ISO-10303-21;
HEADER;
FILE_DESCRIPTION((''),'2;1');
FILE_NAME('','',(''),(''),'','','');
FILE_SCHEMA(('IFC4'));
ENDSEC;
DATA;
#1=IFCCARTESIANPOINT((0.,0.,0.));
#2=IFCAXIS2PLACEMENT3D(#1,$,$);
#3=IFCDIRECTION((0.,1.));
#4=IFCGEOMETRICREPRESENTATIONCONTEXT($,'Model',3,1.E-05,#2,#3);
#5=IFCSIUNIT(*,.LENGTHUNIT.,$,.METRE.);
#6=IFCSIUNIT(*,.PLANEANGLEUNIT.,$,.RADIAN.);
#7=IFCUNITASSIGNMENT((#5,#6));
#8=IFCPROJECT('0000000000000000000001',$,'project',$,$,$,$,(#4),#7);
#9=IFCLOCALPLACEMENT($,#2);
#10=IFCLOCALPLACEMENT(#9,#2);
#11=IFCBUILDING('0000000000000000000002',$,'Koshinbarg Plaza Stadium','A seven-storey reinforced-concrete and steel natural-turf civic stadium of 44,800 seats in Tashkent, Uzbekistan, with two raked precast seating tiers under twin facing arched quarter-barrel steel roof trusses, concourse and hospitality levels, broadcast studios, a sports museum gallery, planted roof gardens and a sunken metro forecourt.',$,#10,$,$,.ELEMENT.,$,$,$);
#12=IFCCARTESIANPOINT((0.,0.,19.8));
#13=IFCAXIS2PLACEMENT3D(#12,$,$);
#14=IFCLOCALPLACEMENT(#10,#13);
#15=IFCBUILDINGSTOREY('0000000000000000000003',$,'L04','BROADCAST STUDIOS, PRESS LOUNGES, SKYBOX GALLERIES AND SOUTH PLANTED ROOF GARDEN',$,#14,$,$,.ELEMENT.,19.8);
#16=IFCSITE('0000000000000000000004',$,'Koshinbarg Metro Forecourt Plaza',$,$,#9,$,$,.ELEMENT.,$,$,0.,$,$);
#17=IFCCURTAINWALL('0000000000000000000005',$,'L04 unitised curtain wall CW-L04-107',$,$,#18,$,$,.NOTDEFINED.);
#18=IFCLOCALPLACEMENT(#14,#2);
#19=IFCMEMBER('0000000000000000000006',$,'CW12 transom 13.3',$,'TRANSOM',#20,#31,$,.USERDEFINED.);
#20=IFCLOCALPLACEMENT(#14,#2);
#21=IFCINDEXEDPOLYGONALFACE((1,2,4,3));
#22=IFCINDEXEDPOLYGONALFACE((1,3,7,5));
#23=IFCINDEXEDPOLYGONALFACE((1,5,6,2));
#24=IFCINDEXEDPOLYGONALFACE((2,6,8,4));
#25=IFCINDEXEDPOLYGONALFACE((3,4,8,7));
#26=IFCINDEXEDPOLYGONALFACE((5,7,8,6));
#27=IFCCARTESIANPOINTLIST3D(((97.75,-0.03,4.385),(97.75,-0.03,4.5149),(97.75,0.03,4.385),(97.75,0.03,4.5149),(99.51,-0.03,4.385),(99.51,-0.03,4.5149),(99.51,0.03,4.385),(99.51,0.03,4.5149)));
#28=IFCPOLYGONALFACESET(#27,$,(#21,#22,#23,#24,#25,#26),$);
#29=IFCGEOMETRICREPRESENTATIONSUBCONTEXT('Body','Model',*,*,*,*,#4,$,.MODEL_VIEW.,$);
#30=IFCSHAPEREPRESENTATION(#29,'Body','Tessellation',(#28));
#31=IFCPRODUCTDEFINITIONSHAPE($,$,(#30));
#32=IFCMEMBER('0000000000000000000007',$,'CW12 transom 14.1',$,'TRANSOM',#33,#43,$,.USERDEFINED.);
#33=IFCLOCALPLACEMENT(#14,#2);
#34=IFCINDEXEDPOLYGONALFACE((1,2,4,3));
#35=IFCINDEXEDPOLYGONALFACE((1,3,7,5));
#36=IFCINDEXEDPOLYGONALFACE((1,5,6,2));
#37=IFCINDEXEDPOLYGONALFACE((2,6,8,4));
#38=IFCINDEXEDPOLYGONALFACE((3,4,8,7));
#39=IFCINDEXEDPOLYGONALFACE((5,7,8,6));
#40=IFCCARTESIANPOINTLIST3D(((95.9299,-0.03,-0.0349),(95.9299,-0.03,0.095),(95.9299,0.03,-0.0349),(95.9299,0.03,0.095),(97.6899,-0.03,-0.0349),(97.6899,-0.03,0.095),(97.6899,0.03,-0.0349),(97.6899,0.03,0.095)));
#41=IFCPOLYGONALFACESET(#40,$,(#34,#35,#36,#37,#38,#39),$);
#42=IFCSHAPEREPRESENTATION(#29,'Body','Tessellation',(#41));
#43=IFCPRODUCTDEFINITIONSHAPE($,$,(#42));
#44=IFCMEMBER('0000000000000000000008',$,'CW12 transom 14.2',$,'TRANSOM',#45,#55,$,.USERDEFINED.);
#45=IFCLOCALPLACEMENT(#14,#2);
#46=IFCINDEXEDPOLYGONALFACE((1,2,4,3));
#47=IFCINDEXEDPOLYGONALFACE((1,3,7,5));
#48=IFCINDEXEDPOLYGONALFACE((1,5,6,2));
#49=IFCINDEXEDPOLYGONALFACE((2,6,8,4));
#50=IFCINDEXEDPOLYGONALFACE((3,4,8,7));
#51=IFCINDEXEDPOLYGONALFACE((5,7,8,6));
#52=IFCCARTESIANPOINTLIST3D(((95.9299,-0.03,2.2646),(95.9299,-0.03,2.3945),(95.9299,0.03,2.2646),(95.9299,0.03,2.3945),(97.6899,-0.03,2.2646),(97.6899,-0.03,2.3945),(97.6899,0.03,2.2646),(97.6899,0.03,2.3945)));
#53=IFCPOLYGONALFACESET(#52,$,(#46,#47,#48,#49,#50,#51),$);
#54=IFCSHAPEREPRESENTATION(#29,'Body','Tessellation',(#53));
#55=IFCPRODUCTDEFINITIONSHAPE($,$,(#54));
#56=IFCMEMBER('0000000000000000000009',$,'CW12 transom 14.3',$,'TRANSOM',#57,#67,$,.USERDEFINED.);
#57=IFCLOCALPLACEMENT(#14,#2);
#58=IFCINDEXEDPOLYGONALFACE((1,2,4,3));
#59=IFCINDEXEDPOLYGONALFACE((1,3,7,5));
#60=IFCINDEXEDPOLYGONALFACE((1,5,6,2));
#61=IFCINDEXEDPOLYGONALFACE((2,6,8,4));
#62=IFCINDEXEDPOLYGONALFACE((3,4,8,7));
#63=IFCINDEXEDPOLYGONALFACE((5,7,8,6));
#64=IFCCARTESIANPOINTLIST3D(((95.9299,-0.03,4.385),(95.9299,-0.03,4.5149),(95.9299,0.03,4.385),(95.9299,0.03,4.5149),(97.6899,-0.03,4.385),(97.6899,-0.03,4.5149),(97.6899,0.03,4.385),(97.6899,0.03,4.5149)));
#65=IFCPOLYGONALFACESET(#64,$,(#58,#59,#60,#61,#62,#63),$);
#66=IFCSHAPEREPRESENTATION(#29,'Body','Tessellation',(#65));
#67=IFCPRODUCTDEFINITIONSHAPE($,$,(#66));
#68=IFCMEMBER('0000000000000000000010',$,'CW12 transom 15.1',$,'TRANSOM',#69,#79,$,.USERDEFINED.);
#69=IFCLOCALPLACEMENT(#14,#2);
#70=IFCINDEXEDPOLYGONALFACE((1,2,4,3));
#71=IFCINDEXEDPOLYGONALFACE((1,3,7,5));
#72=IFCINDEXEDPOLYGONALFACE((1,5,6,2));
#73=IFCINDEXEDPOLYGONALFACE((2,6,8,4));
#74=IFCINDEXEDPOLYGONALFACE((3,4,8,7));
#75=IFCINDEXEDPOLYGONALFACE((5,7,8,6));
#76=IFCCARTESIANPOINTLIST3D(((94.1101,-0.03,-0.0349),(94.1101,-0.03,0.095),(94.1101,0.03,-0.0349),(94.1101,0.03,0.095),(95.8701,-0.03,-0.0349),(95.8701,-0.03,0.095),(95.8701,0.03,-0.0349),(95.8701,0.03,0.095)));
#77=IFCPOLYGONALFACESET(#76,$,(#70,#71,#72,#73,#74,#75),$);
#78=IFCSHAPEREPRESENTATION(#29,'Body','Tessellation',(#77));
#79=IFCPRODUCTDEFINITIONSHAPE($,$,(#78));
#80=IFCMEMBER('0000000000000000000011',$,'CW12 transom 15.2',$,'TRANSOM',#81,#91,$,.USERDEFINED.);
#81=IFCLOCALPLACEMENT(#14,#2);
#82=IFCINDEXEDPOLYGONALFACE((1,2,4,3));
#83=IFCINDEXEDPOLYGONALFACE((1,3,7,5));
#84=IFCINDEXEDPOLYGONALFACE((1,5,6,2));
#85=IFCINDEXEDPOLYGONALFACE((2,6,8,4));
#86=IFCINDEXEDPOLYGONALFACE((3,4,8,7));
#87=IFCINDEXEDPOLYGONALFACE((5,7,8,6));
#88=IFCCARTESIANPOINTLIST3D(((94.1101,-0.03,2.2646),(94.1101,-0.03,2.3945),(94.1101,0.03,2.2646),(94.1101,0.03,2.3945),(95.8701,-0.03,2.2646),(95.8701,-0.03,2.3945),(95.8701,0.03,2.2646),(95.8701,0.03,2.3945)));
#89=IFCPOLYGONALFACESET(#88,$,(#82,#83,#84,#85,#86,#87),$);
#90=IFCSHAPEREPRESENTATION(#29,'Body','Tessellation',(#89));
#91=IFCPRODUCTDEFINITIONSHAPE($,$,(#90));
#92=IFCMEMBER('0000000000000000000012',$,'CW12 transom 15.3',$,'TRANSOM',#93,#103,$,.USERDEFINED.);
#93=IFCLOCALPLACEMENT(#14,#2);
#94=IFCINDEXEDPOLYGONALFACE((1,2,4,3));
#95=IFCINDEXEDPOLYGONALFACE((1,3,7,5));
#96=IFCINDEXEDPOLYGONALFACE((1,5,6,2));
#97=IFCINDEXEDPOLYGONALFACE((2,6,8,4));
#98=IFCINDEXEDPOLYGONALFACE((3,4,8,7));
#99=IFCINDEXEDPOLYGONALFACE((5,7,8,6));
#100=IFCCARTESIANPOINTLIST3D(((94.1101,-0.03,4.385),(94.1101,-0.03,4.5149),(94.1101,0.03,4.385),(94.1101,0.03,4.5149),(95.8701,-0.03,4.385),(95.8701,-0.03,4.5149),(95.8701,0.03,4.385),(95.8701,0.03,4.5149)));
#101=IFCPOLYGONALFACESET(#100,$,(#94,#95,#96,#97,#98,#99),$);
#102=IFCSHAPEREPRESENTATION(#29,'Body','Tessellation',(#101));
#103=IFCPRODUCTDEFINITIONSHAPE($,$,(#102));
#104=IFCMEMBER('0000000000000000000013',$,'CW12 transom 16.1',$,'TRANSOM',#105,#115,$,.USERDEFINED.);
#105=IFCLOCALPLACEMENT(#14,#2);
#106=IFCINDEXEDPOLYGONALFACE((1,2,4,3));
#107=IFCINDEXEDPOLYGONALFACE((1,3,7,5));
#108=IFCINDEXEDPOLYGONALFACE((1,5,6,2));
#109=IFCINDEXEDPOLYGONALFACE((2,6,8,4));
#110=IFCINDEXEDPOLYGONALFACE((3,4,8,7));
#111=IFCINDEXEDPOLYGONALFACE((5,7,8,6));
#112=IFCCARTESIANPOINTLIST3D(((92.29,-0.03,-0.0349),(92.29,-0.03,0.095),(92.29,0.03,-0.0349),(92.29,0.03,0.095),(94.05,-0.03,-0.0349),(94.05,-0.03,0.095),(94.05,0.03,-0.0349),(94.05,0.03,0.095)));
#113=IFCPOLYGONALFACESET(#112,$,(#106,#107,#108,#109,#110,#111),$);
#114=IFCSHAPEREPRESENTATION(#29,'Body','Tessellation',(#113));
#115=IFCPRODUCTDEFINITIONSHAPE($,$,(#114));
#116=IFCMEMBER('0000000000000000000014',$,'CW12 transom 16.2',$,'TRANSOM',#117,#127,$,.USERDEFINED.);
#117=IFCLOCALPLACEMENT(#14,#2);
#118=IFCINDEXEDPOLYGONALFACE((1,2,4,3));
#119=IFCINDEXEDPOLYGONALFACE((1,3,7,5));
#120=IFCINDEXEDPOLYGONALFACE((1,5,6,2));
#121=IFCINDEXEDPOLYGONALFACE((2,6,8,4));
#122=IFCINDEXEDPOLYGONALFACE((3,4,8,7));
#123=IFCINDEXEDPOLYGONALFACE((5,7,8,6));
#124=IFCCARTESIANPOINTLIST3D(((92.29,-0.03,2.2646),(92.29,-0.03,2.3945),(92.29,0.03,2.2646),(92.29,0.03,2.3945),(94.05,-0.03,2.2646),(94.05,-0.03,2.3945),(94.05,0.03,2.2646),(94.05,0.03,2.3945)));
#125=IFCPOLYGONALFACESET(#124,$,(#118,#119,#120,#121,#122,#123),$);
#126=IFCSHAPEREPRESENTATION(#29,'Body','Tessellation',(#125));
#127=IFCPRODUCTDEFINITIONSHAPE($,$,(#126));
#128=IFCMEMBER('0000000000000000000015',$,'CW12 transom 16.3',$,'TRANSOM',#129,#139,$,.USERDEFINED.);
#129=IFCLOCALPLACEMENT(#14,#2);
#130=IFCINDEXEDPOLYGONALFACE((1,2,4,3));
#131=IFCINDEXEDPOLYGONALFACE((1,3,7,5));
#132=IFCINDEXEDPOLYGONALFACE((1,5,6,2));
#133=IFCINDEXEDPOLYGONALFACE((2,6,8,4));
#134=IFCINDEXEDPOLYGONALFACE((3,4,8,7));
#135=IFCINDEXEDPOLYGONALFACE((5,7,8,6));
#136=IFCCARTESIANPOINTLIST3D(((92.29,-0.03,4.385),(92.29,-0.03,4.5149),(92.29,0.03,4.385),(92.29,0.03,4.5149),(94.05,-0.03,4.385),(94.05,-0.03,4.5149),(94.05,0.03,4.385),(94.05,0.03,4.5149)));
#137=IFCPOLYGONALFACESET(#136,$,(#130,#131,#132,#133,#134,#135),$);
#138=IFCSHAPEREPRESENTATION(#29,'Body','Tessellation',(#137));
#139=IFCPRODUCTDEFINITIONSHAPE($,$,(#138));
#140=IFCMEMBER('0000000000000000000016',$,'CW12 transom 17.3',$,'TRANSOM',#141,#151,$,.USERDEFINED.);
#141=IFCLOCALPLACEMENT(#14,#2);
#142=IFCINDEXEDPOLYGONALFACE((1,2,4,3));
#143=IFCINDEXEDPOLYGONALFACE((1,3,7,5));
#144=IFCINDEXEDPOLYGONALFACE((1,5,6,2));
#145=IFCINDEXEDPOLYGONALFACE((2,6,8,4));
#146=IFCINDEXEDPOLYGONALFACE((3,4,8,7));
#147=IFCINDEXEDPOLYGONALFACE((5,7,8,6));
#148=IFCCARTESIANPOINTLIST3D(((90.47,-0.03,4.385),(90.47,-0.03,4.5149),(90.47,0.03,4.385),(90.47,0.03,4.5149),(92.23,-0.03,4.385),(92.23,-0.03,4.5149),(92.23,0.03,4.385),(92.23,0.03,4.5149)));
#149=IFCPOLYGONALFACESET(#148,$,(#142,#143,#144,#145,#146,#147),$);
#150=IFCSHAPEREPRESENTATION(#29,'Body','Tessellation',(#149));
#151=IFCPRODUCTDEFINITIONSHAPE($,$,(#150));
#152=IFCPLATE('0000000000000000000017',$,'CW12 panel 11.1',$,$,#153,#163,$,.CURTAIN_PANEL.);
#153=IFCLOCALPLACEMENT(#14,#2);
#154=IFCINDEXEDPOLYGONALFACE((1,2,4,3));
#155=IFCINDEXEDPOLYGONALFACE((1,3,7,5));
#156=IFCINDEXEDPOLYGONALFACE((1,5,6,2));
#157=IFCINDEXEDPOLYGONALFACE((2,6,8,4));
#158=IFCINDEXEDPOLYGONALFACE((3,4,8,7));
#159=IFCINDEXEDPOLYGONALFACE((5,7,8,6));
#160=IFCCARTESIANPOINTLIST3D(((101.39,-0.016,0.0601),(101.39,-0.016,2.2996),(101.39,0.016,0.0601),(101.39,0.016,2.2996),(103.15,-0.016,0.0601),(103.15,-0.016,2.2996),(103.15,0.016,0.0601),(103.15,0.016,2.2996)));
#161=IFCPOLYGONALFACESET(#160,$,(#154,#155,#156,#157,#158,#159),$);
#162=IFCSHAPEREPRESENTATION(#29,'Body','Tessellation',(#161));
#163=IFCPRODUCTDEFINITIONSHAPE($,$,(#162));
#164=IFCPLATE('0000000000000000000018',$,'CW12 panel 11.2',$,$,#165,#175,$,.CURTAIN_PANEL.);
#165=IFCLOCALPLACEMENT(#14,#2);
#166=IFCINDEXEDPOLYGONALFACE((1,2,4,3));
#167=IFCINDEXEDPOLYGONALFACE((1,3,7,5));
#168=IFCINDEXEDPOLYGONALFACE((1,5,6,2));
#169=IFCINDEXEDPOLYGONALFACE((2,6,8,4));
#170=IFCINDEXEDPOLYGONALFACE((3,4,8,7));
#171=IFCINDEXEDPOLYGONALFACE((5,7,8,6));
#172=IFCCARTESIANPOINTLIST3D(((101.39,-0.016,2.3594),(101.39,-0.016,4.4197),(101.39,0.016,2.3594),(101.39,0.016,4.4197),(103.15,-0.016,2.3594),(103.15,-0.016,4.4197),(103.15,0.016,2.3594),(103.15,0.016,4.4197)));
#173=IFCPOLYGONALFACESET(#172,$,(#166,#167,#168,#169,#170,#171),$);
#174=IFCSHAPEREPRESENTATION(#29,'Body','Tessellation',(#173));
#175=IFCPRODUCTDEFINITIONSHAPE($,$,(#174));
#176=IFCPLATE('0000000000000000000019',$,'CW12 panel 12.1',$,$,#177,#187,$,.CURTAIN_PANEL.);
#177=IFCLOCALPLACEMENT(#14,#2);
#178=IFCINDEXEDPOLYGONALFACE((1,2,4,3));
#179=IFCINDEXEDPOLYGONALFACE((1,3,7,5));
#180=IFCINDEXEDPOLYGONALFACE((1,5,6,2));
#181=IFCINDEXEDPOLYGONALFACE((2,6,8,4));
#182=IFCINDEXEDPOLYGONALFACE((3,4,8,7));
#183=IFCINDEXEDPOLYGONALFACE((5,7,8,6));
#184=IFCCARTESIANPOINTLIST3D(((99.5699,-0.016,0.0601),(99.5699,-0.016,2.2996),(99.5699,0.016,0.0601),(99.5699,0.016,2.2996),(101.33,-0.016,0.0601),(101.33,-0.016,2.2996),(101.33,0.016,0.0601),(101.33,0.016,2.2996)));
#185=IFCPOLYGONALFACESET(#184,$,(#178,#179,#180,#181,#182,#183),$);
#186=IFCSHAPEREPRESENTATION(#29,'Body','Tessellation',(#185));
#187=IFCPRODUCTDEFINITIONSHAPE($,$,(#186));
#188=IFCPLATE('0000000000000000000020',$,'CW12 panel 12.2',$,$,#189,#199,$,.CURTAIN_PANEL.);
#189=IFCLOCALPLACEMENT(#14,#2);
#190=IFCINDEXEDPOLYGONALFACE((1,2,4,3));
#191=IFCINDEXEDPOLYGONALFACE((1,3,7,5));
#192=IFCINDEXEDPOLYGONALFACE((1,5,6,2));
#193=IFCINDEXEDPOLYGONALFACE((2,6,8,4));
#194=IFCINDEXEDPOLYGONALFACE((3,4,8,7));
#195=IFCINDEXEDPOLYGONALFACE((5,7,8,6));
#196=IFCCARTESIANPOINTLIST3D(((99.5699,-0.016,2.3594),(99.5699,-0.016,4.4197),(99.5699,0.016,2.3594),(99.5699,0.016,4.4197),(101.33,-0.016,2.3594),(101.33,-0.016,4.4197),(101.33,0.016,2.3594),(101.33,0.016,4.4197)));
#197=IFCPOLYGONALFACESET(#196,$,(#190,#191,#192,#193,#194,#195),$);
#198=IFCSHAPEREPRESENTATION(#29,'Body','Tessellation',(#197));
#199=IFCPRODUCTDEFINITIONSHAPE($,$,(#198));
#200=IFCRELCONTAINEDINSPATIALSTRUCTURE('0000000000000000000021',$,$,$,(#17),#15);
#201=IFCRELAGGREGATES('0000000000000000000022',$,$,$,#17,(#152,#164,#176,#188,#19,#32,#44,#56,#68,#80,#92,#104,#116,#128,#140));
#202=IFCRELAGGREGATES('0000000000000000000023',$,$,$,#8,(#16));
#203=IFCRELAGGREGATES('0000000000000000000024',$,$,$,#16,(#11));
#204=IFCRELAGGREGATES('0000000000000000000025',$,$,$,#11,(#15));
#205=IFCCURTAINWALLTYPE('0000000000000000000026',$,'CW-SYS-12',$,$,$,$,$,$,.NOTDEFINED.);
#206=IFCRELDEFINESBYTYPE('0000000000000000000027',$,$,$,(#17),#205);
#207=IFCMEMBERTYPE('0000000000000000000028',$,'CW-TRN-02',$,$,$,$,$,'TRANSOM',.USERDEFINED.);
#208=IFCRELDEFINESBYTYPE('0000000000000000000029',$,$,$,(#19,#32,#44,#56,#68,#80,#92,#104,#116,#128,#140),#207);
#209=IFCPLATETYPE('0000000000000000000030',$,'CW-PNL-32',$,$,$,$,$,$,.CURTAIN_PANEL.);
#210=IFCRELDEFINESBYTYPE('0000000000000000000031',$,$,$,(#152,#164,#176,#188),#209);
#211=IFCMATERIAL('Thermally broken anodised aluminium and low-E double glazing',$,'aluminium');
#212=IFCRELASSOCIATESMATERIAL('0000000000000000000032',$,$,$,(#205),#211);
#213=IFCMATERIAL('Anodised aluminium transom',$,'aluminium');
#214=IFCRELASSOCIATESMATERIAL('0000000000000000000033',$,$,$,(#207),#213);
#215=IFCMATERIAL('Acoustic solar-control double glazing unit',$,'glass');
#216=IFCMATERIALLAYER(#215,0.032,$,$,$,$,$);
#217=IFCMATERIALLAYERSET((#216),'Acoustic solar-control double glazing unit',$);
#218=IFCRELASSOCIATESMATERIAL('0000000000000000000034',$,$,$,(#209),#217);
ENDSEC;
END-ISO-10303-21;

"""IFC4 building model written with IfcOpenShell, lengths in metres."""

from ifc_helpers import new_model, si_unit, direction, frame, origin, origin_2d, place, context, subcontext, project, spatial, rectangle, extrude, material, layer, layer_set, material_profile, profile_set, type_object, element, aggregate, save


model = new_model("IFC4")

# Units and contexts
model_context = context("Model", 3, precision=1e-05, world=origin(), true_north=direction((0.0, 1.0)))
body_context = subcontext(model_context, "Body", "Model", "MODEL_VIEW")
ifc_project = project(units=[si_unit("LENGTHUNIT", "METRE"), si_unit("PLANEANGLEUNIT", "RADIAN")], contexts=[model_context])

# Site, building, storey
site_placement = place(None, origin())
site = spatial("IfcSite", under=ifc_project, at=site_placement, Name="Koshinbarg Metro Forecourt Plaza", CompositionType="ELEMENT", RefElevation=0.0)
building_placement = place(site_placement, origin())
building = spatial("IfcBuilding", under=site, at=building_placement, Name="Koshinbarg Plaza Stadium", Description="A seven-storey reinforced-concrete and steel natural-turf civic stadium of 44,800 seats in Tashkent, Uzbekistan, with two raked precast seating tiers under twin facing arched quarter-barrel steel roof trusses, concourse and hospitality levels, broadcast studios, a sports museum gallery, planted roof gardens and a sunken metro forecourt.", CompositionType="ELEMENT")
storey_placement = place(building_placement, frame((0.0, 0.0, 19.8)))
storey = spatial("IfcBuildingStorey", under=building, at=storey_placement, Name="L04", Description="BROADCAST STUDIOS, PRESS LOUNGES, SKYBOX GALLERIES AND SOUTH PLANTED ROOF GARDEN", CompositionType="ELEMENT", Elevation=19.8)

# Curtain wall, members, plates
ifc_material_1 = material(Name="Thermally broken anodised aluminium and low-E double glazing", Category="aluminium")
curtain_wall_type = type_object("IfcCurtainWallType", Name="CW-SYS-12", PredefinedType="NOTDEFINED", material=ifc_material_1)
curtain_wall_placement = place(storey_placement, origin())
curtain_wall = element("IfcCurtainWall", 1, at=curtain_wall_placement, inside=storey, type_object=curtain_wall_type, Name="L04 unitised curtain wall CW-L04-107", PredefinedType="NOTDEFINED")
ifc_material_2 = material(Name="Anodised aluminium transom", Category="aluminium")
ifc_material_profile_1 = material_profile(ifc_material_2, rectangle(XDim=0.0601, YDim=0.1299, at=origin_2d()), Name="ALU 60x130")
ifc_profile_set_1 = profile_set([ifc_material_profile_1], Name="Anodised aluminium transom")
member_type_1 = type_object("IfcMemberType", Name="CW-TRN-02", ElementType="TRANSOM", PredefinedType="USERDEFINED", material=ifc_profile_set_1)
member_1_placement = place(storey_placement, frame((99.51, 0.0, 4.45), z_axis=(-1.0, 0.0, 0.0), x_axis=(0.0, -1.0, 0.0)))
member_1 = element("IfcMember", 2, at=member_1_placement, type_object=member_type_1, Name="CW12 transom 13.3", ObjectType="TRANSOM", PredefinedType="USERDEFINED", context=body_context, shape_type="SweptSolid", body=[
    extrude(rectangle(XDim=0.0601, YDim=0.1299, at=origin_2d()), origin(), (0.0, 0.0, 1.0), 1.76),
])
member_2_placement = place(storey_placement, frame((97.6899, 0.0, 0.03), z_axis=(-1.0, 0.0, 0.0), x_axis=(0.0, -1.0, 0.0)))
member_2 = element("IfcMember", 3, at=member_2_placement, type_object=member_type_1, Name="CW12 transom 14.1", ObjectType="TRANSOM", PredefinedType="USERDEFINED", context=body_context, shape_type="SweptSolid", body=[
    extrude(rectangle(XDim=0.0601, YDim=0.1299, at=origin_2d()), origin(), (0.0, 0.0, 1.0), 1.76),
])
member_3_placement = place(storey_placement, frame((97.6899, 0.0, 2.3296), z_axis=(-1.0, 0.0, 0.0), x_axis=(0.0, -1.0, 0.0)))
member_3 = element("IfcMember", 4, at=member_3_placement, type_object=member_type_1, Name="CW12 transom 14.2", ObjectType="TRANSOM", PredefinedType="USERDEFINED", context=body_context, shape_type="SweptSolid", body=[
    extrude(rectangle(XDim=0.0601, YDim=0.1299, at=origin_2d()), origin(), (0.0, 0.0, 1.0), 1.76),
])
member_4_placement = place(storey_placement, frame((97.6899, 0.0, 4.45), z_axis=(-1.0, 0.0, 0.0), x_axis=(0.0, -1.0, 0.0)))
member_4 = element("IfcMember", 5, at=member_4_placement, type_object=member_type_1, Name="CW12 transom 14.3", ObjectType="TRANSOM", PredefinedType="USERDEFINED", context=body_context, shape_type="SweptSolid", body=[
    extrude(rectangle(XDim=0.0601, YDim=0.1299, at=origin_2d()), origin(), (0.0, 0.0, 1.0), 1.76),
])
member_5_placement = place(storey_placement, frame((95.8701, 0.0, 0.03), z_axis=(-1.0, 0.0, 0.0), x_axis=(0.0, -1.0, 0.0)))
member_5 = element("IfcMember", 6, at=member_5_placement, type_object=member_type_1, Name="CW12 transom 15.1", ObjectType="TRANSOM", PredefinedType="USERDEFINED", context=body_context, shape_type="SweptSolid", body=[
    extrude(rectangle(XDim=0.0601, YDim=0.1299, at=origin_2d()), origin(), (0.0, 0.0, 1.0), 1.76),
])
member_6_placement = place(storey_placement, frame((95.8701, 0.0, 2.3296), z_axis=(-1.0, 0.0, 0.0), x_axis=(0.0, -1.0, 0.0)))
member_6 = element("IfcMember", 7, at=member_6_placement, type_object=member_type_1, Name="CW12 transom 15.2", ObjectType="TRANSOM", PredefinedType="USERDEFINED", context=body_context, shape_type="SweptSolid", body=[
    extrude(rectangle(XDim=0.0601, YDim=0.1299, at=origin_2d()), origin(), (0.0, 0.0, 1.0), 1.76),
])
member_7_placement = place(storey_placement, frame((95.8701, 0.0, 4.45), z_axis=(-1.0, 0.0, 0.0), x_axis=(0.0, -1.0, 0.0)))
member_7 = element("IfcMember", 8, at=member_7_placement, type_object=member_type_1, Name="CW12 transom 15.3", ObjectType="TRANSOM", PredefinedType="USERDEFINED", context=body_context, shape_type="SweptSolid", body=[
    extrude(rectangle(XDim=0.0601, YDim=0.1299, at=origin_2d()), origin(), (0.0, 0.0, 1.0), 1.76),
])
member_8_placement = place(storey_placement, frame((94.05, 0.0, 0.03), z_axis=(-1.0, 0.0, 0.0), x_axis=(0.0, -1.0, 0.0)))
member_8 = element("IfcMember", 9, at=member_8_placement, type_object=member_type_1, Name="CW12 transom 16.1", ObjectType="TRANSOM", PredefinedType="USERDEFINED", context=body_context, shape_type="SweptSolid", body=[
    extrude(rectangle(XDim=0.0601, YDim=0.1299, at=origin_2d()), origin(), (0.0, 0.0, 1.0), 1.76),
])
member_9_placement = place(storey_placement, frame((94.05, 0.0, 2.3296), z_axis=(-1.0, 0.0, 0.0), x_axis=(0.0, -1.0, 0.0)))
member_9 = element("IfcMember", 10, at=member_9_placement, type_object=member_type_1, Name="CW12 transom 16.2", ObjectType="TRANSOM", PredefinedType="USERDEFINED", context=body_context, shape_type="SweptSolid", body=[
    extrude(rectangle(XDim=0.0601, YDim=0.1299, at=origin_2d()), origin(), (0.0, 0.0, 1.0), 1.76),
])
member_10_placement = place(storey_placement, frame((94.05, 0.0, 4.45), z_axis=(-1.0, 0.0, 0.0), x_axis=(0.0, -1.0, 0.0)))
member_10 = element("IfcMember", 11, at=member_10_placement, type_object=member_type_1, Name="CW12 transom 16.3", ObjectType="TRANSOM", PredefinedType="USERDEFINED", context=body_context, shape_type="SweptSolid", body=[
    extrude(rectangle(XDim=0.0601, YDim=0.1299, at=origin_2d()), origin(), (0.0, 0.0, 1.0), 1.76),
])
member_11_placement = place(storey_placement, frame((92.23, 0.0, 4.45), z_axis=(-1.0, 0.0, 0.0), x_axis=(0.0, -1.0, 0.0)))
member_11 = element("IfcMember", 12, at=member_11_placement, type_object=member_type_1, Name="CW12 transom 17.3", ObjectType="TRANSOM", PredefinedType="USERDEFINED", context=body_context, shape_type="SweptSolid", body=[
    extrude(rectangle(XDim=0.0601, YDim=0.1299, at=origin_2d()), origin(), (0.0, 0.0, 1.0), 1.76),
])
ifc_material_3 = material(Name="Acoustic solar-control double glazing unit", Category="glass")
ifc_layer = layer(ifc_material_3, 0.032)
ifc_layer_set = layer_set([ifc_layer], Name="Acoustic solar-control double glazing unit")
plate_type = type_object("IfcPlateType", Name="CW-PNL-32", PredefinedType="CURTAIN_PANEL", material=ifc_layer_set)
plate_1_placement = place(storey_placement, frame((102.27, 0.0, 0.0601), z_axis=(0.0, 0.0, 1.0), x_axis=(-1.0, 0.0, 0.0)))
plate_1 = element("IfcPlate", 13, at=plate_1_placement, type_object=plate_type, Name="CW12 panel 11.1", PredefinedType="CURTAIN_PANEL", context=body_context, shape_type="SweptSolid", body=[
    extrude(rectangle(XDim=1.76, YDim=0.032, at=origin_2d()), origin(), (0.0, 0.0, 1.0), 2.2395),
])
plate_2_placement = place(storey_placement, frame((102.27, 0.0, 2.3594), z_axis=(0.0, 0.0, 1.0), x_axis=(-1.0, 0.0, 0.0)))
plate_2 = element("IfcPlate", 14, at=plate_2_placement, type_object=plate_type, Name="CW12 panel 11.2", PredefinedType="CURTAIN_PANEL", context=body_context, shape_type="SweptSolid", body=[
    extrude(rectangle(XDim=1.76, YDim=0.032, at=origin_2d()), origin(), (0.0, 0.0, 1.0), 2.0603),
])
plate_3_placement = place(storey_placement, frame((100.45, 0.0, 0.0601), z_axis=(0.0, 0.0, 1.0), x_axis=(-1.0, 0.0, 0.0)))
plate_3 = element("IfcPlate", 15, at=plate_3_placement, type_object=plate_type, Name="CW12 panel 12.1", PredefinedType="CURTAIN_PANEL", context=body_context, shape_type="SweptSolid", body=[
    extrude(rectangle(XDim=1.76, YDim=0.032, at=origin_2d()), origin(), (0.0, 0.0, 1.0), 2.2395),
])
plate_4_placement = place(storey_placement, frame((100.45, 0.0, 2.3594), z_axis=(0.0, 0.0, 1.0), x_axis=(-1.0, 0.0, 0.0)))
plate_4 = element("IfcPlate", 16, at=plate_4_placement, type_object=plate_type, Name="CW12 panel 12.2", PredefinedType="CURTAIN_PANEL", context=body_context, shape_type="SweptSolid", body=[
    extrude(rectangle(XDim=1.76, YDim=0.032, at=origin_2d()), origin(), (0.0, 0.0, 1.0), 2.0603),
])
aggregate(curtain_wall, [plate_1, plate_2, plate_3, plate_4, member_1, member_2, member_3, member_4, member_5, member_6, member_7, member_8, member_9, member_10, member_11])

save(model, "model.ifc")
